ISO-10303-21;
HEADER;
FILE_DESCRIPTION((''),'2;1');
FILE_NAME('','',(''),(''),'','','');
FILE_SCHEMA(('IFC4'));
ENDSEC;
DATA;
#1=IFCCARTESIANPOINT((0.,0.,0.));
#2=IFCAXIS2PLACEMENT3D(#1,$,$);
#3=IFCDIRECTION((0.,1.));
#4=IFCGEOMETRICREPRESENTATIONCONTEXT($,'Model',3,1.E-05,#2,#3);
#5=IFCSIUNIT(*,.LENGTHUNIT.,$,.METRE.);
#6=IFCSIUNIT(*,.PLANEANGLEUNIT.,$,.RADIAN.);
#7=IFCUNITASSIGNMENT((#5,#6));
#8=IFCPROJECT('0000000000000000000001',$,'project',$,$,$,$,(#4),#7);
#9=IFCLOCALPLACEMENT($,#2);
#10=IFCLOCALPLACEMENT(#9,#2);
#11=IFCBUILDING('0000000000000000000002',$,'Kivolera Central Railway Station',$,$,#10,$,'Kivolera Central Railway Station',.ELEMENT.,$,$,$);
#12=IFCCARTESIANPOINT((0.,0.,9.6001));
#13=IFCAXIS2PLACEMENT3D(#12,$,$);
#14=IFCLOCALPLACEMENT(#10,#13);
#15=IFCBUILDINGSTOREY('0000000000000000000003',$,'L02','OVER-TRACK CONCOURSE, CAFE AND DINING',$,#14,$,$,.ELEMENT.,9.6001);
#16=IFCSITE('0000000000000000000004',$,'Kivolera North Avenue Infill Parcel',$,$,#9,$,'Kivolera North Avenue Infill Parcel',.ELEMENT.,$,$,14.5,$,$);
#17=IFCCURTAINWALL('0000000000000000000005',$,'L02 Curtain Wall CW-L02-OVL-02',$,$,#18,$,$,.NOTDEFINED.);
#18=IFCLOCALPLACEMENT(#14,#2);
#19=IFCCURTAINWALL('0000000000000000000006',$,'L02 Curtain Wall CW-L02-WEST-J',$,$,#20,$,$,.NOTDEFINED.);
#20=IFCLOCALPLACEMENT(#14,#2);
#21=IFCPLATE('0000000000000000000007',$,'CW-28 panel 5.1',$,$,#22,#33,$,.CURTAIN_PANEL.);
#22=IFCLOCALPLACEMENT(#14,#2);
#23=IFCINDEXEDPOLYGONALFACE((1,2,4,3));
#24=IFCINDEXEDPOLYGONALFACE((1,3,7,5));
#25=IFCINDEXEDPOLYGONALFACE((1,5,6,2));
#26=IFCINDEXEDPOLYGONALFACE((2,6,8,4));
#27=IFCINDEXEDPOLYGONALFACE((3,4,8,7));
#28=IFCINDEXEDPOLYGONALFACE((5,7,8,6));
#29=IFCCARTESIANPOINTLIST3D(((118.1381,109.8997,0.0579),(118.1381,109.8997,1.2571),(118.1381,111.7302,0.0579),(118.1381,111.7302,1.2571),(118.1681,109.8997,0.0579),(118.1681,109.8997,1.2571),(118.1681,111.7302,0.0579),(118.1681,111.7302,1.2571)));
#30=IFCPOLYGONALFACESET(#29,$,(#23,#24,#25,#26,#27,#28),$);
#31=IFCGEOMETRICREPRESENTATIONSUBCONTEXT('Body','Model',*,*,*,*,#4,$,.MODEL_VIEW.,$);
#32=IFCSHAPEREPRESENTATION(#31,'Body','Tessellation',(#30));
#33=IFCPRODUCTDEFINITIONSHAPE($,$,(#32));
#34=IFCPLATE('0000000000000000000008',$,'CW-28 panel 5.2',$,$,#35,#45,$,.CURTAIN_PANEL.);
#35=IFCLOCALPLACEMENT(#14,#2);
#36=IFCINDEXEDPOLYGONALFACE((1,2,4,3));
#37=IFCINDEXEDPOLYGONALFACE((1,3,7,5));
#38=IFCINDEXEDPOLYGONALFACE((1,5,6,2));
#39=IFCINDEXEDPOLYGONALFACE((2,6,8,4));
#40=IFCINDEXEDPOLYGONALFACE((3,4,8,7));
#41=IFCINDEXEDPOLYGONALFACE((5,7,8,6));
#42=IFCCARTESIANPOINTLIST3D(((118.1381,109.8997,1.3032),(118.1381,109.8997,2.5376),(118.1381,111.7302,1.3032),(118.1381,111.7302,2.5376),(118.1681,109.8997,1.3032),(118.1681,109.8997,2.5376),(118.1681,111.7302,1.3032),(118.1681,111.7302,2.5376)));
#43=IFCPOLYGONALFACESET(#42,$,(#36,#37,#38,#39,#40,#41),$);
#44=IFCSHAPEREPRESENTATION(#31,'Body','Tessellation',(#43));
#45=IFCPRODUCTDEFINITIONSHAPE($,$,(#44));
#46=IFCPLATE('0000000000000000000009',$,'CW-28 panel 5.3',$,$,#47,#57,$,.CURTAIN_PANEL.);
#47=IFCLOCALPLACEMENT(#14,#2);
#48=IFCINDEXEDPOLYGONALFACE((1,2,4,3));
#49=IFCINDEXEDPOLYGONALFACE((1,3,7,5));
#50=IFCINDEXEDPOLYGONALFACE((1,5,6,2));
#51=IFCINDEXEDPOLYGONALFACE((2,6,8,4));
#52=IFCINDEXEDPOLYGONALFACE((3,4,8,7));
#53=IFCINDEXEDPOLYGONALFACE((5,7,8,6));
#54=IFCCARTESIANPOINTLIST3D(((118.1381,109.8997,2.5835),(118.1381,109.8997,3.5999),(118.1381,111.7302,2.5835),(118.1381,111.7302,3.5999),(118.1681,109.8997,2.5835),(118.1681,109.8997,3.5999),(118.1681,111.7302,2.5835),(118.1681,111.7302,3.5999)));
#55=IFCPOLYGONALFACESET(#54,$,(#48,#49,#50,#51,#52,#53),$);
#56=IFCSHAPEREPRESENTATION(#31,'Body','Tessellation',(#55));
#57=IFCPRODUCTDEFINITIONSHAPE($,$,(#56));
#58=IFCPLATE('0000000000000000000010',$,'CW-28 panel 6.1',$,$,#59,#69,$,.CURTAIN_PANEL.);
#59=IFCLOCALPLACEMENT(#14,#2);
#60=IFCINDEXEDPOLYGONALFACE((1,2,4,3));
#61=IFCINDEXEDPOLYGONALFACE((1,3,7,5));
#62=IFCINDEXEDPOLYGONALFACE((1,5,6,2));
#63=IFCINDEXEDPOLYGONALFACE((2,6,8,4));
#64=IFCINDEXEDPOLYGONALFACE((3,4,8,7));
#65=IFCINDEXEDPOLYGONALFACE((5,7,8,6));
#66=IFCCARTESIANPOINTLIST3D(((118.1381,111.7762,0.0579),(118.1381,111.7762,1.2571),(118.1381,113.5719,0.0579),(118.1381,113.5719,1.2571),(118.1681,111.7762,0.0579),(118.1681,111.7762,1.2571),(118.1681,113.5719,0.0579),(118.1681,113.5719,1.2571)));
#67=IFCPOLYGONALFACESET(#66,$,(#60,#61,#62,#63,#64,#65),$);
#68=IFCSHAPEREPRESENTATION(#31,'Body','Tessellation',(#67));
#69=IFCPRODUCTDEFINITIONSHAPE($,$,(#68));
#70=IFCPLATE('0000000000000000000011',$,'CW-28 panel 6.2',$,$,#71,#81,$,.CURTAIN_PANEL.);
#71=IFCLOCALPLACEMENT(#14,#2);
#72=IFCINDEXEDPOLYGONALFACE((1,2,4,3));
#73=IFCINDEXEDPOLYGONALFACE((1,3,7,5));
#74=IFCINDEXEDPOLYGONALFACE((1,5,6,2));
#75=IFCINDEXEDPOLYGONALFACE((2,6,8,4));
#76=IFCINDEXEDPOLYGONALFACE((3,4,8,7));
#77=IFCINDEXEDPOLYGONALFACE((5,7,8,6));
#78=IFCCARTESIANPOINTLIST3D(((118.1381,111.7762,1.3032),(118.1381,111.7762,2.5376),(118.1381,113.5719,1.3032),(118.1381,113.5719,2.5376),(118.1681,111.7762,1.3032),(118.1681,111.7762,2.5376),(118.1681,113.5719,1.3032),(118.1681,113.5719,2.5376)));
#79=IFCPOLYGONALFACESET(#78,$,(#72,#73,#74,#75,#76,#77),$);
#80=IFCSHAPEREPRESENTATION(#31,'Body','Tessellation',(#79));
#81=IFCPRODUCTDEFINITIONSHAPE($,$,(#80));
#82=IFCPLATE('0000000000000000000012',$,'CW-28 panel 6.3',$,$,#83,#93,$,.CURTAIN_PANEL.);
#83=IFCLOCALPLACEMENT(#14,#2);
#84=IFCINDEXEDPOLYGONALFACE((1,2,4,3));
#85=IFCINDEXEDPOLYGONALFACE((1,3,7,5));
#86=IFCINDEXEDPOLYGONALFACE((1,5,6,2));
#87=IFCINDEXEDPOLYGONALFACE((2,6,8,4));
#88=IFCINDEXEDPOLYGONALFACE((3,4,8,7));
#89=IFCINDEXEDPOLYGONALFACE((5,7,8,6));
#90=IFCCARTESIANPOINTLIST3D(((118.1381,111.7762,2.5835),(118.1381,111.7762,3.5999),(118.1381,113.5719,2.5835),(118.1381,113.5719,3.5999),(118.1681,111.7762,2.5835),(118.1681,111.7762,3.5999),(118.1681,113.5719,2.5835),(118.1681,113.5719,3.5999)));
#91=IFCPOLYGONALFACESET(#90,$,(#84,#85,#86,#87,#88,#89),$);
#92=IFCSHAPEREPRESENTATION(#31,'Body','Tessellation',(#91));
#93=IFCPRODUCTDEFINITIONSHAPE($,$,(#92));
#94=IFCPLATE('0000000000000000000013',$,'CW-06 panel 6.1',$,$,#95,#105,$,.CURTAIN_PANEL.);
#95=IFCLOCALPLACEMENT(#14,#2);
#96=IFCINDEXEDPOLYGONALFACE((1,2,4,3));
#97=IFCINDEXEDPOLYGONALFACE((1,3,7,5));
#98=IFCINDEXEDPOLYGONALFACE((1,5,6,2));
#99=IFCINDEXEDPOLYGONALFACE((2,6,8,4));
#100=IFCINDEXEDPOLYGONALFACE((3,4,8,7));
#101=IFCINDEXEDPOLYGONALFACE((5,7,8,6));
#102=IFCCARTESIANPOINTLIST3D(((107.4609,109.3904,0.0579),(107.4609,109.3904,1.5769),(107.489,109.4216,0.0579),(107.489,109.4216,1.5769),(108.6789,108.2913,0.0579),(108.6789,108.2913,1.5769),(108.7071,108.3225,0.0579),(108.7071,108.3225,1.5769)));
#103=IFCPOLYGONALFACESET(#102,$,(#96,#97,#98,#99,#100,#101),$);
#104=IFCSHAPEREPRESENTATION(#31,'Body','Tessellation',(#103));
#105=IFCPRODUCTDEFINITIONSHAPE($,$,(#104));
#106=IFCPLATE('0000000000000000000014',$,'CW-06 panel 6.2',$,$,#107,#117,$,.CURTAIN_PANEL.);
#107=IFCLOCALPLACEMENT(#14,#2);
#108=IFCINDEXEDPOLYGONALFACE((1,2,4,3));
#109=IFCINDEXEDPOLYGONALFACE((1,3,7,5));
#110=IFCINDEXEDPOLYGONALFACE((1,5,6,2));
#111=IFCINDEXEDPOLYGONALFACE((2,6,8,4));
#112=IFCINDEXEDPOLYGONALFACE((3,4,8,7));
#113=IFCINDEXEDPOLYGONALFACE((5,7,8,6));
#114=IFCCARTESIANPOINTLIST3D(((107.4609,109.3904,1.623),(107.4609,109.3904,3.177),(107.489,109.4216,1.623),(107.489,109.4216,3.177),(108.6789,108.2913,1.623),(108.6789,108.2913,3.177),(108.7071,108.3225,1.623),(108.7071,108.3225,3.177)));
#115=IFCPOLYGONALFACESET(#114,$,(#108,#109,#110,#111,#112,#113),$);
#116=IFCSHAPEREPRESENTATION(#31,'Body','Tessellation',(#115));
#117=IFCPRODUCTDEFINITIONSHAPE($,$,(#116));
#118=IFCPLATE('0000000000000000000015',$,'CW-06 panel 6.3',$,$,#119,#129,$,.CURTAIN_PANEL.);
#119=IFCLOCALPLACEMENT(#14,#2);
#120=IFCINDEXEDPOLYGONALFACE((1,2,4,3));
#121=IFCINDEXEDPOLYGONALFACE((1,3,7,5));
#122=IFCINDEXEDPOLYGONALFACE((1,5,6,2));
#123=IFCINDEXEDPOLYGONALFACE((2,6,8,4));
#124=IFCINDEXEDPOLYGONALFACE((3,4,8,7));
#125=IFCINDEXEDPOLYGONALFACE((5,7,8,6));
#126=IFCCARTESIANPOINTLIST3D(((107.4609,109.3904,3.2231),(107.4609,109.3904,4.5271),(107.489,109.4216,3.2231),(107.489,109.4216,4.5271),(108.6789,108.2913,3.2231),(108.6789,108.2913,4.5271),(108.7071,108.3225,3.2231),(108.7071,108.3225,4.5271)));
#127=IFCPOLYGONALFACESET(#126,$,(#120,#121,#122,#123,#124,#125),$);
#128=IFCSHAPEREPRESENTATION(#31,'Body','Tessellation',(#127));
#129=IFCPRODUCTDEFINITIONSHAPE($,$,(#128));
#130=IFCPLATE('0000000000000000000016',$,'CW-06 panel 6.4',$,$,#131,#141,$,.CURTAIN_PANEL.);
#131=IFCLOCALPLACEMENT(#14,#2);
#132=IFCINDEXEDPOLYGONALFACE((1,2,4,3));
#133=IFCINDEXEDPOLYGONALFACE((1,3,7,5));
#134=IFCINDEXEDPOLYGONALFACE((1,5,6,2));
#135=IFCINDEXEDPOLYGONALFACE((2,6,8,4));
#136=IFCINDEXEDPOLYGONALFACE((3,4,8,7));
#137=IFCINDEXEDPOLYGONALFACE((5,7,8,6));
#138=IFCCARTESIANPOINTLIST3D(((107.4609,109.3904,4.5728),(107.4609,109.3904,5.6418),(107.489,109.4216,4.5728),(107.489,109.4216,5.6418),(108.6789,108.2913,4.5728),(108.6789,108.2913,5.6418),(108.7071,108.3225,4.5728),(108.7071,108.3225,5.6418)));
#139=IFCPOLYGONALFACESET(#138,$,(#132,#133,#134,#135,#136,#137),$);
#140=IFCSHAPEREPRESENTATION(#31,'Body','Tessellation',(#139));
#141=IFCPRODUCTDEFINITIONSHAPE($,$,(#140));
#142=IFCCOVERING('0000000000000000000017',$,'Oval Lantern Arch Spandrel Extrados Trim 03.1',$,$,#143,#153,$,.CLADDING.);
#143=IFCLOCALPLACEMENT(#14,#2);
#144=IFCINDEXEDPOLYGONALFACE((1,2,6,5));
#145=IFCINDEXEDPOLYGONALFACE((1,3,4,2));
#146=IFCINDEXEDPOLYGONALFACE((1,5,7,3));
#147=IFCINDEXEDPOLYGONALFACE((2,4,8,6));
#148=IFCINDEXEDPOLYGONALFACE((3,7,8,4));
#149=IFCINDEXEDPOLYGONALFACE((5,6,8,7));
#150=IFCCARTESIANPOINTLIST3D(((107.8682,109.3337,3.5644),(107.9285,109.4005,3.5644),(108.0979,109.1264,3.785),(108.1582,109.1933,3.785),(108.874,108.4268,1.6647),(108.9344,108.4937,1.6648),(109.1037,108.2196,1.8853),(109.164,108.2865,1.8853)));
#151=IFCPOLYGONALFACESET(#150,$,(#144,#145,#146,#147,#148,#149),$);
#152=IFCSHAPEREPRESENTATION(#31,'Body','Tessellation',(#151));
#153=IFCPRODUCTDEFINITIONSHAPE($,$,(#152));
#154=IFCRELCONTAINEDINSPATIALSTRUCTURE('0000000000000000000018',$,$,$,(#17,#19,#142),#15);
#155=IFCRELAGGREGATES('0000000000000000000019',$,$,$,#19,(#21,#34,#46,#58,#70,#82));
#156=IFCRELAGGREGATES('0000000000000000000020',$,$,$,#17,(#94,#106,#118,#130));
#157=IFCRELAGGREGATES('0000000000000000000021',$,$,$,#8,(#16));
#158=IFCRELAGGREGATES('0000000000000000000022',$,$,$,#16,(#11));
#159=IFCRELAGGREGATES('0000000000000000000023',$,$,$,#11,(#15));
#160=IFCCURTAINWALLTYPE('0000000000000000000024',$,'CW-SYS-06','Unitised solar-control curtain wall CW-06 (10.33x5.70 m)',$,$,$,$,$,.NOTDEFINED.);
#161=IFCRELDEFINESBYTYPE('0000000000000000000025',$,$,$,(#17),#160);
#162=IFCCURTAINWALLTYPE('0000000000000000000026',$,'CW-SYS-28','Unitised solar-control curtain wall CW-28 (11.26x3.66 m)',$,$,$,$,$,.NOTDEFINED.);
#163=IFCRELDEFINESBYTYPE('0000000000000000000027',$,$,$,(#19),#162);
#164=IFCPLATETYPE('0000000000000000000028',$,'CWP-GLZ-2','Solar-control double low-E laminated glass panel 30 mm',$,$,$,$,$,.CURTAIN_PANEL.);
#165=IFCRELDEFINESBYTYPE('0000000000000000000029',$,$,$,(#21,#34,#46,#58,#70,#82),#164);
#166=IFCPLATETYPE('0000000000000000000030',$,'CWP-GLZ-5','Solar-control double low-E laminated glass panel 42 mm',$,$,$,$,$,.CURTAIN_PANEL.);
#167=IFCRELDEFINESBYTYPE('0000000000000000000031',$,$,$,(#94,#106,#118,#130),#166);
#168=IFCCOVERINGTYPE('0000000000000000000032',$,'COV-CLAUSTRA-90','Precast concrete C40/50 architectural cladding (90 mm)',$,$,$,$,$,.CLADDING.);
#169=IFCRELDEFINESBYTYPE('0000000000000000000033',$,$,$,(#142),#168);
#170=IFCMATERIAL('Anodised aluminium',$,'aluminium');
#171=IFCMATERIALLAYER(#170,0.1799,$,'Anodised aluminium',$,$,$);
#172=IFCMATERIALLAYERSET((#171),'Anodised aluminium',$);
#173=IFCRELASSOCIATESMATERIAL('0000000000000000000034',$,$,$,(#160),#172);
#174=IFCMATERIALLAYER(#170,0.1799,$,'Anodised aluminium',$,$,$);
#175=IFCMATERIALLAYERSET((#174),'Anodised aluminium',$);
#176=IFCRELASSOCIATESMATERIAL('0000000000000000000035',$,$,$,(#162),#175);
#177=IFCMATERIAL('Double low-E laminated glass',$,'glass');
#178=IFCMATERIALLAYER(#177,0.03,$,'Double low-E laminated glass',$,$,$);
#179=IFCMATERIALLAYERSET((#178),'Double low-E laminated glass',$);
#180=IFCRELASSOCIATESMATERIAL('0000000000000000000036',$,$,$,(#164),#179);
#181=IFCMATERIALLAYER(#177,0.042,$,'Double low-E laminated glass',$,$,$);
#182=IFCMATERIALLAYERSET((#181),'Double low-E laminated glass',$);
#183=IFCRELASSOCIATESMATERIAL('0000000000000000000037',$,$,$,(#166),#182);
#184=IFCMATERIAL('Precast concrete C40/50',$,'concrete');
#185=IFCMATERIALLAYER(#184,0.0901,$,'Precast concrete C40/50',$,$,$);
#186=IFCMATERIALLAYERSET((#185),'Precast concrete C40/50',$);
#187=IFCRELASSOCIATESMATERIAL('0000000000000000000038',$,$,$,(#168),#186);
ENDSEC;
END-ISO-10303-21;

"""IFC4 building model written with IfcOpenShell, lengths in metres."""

from ifc_helpers import new_model, si_unit, direction, frame, origin, origin_2d, place, context, subcontext, project, spatial, rectangle, extrude, material, layer, layer_set, type_object, element, aggregate, save


model = new_model("IFC4")

# Units and contexts
model_context = context("Model", 3, precision=1e-05, world=origin(), true_north=direction((0.0, 1.0)))
body_context = subcontext(model_context, "Body", "Model", "MODEL_VIEW")
ifc_project = project(units=[si_unit("LENGTHUNIT", "METRE"), si_unit("PLANEANGLEUNIT", "RADIAN")], contexts=[model_context])

# Site, building, storey
site_placement = place(None, origin())
site = spatial("IfcSite", under=ifc_project, at=site_placement, Name="Kivolera North Avenue Infill Parcel", LongName="Kivolera North Avenue Infill Parcel", CompositionType="ELEMENT", RefElevation=14.5)
building_placement = place(site_placement, origin())
building = spatial("IfcBuilding", under=site, at=building_placement, Name="Kivolera Central Railway Station", LongName="Kivolera Central Railway Station", CompositionType="ELEMENT")
storey_placement = place(building_placement, frame((0.0, 0.0, 9.6001)))
storey = spatial("IfcBuildingStorey", under=building, at=storey_placement, Name="L02", Description="OVER-TRACK CONCOURSE, CAFE AND DINING", CompositionType="ELEMENT", Elevation=9.6001)

# Curtain wall
ifc_material_1 = material(Name="Anodised aluminium", Category="aluminium")
ifc_layer_1 = layer(ifc_material_1, 0.1799, Name="Anodised aluminium")
ifc_layer_set_1 = layer_set([ifc_layer_1], Name="Anodised aluminium")
curtain_wall_type_1 = type_object("IfcCurtainWallType", Name="CW-SYS-06", Description="Unitised solar-control curtain wall CW-06 (10.33x5.70 m)", PredefinedType="NOTDEFINED", material=ifc_layer_set_1)
curtain_wall_1_placement = place(storey_placement, origin())
curtain_wall_1 = element("IfcCurtainWall", 1, at=curtain_wall_1_placement, inside=storey, type_object=curtain_wall_type_1, Name="L02 Curtain Wall CW-L02-OVL-02", PredefinedType="NOTDEFINED")

# Curtain wall, plates
ifc_layer_2 = layer(ifc_material_1, 0.1799, Name="Anodised aluminium")
ifc_layer_set_2 = layer_set([ifc_layer_2], Name="Anodised aluminium")
curtain_wall_type_2 = type_object("IfcCurtainWallType", Name="CW-SYS-28", Description="Unitised solar-control curtain wall CW-28 (11.26x3.66 m)", PredefinedType="NOTDEFINED", material=ifc_layer_set_2)
curtain_wall_2_placement = place(storey_placement, origin())
curtain_wall_2 = element("IfcCurtainWall", 2, at=curtain_wall_2_placement, inside=storey, type_object=curtain_wall_type_2, Name="L02 Curtain Wall CW-L02-WEST-J", PredefinedType="NOTDEFINED")
ifc_material_2 = material(Name="Double low-E laminated glass", Category="glass")
ifc_layer_3 = layer(ifc_material_2, 0.03, Name="Double low-E laminated glass")
ifc_layer_set_3 = layer_set([ifc_layer_3], Name="Double low-E laminated glass")
plate_type_1 = type_object("IfcPlateType", Name="CWP-GLZ-2", Description="Solar-control double low-E laminated glass panel 30 mm", PredefinedType="CURTAIN_PANEL", material=ifc_layer_set_3)
plate_1_placement = place(storey_placement, frame((118.1531, 110.8149, 0.0579), z_axis=(0.0, 0.0, 1.0), x_axis=(0.0, 1.0, 0.0)))
plate_1 = element("IfcPlate", 3, at=plate_1_placement, type_object=plate_type_1, Name="CW-28 panel 5.1", PredefinedType="CURTAIN_PANEL", context=body_context, shape_type="SweptSolid", body=[
    extrude(rectangle(XDim=1.8306, YDim=0.03, at=origin_2d()), origin(), (0.0, 0.0, 1.0), 1.1992),
])
plate_2_placement = place(storey_placement, frame((118.1531, 110.8149, 1.3032), z_axis=(0.0, 0.0, 1.0), x_axis=(0.0, 1.0, 0.0)))
plate_2 = element("IfcPlate", 4, at=plate_2_placement, type_object=plate_type_1, Name="CW-28 panel 5.2", PredefinedType="CURTAIN_PANEL", context=body_context, shape_type="SweptSolid", body=[
    extrude(rectangle(XDim=1.8306, YDim=0.03, at=origin_2d()), origin(), (0.0, 0.0, 1.0), 1.2344),
])
plate_3_placement = place(storey_placement, frame((118.1531, 110.8149, 2.5835), z_axis=(0.0, 0.0, 1.0), x_axis=(0.0, 1.0, 0.0)))
plate_3 = element("IfcPlate", 5, at=plate_3_placement, type_object=plate_type_1, Name="CW-28 panel 5.3", PredefinedType="CURTAIN_PANEL", context=body_context, shape_type="SweptSolid", body=[
    extrude(rectangle(XDim=1.8306, YDim=0.03, at=origin_2d()), origin(), (0.0, 0.0, 1.0), 1.0164),
])
plate_4_placement = place(storey_placement, frame((118.1531, 112.6741, 0.0579), z_axis=(0.0, 0.0, 1.0), x_axis=(0.0, 1.0, 0.0)))
plate_4 = element("IfcPlate", 6, at=plate_4_placement, type_object=plate_type_1, Name="CW-28 panel 6.1", PredefinedType="CURTAIN_PANEL", context=body_context, shape_type="SweptSolid", body=[
    extrude(rectangle(XDim=1.7957, YDim=0.03, at=origin_2d()), origin(), (0.0, 0.0, 1.0), 1.1992),
])
plate_5_placement = place(storey_placement, frame((118.1531, 112.6741, 1.3032), z_axis=(0.0, 0.0, 1.0), x_axis=(0.0, 1.0, 0.0)))
plate_5 = element("IfcPlate", 7, at=plate_5_placement, type_object=plate_type_1, Name="CW-28 panel 6.2", PredefinedType="CURTAIN_PANEL", context=body_context, shape_type="SweptSolid", body=[
    extrude(rectangle(XDim=1.7957, YDim=0.03, at=origin_2d()), origin(), (0.0, 0.0, 1.0), 1.2344),
])
plate_6_placement = place(storey_placement, frame((118.1531, 112.6741, 2.5835), z_axis=(0.0, 0.0, 1.0), x_axis=(0.0, 1.0, 0.0)))
plate_6 = element("IfcPlate", 8, at=plate_6_placement, type_object=plate_type_1, Name="CW-28 panel 6.3", PredefinedType="CURTAIN_PANEL", context=body_context, shape_type="SweptSolid", body=[
    extrude(rectangle(XDim=1.7957, YDim=0.03, at=origin_2d()), origin(), (0.0, 0.0, 1.0), 1.0164),
])
aggregate(curtain_wall_2, [plate_1, plate_2, plate_3, plate_4, plate_5, plate_6])

# Plates
ifc_layer_4 = layer(ifc_material_2, 0.042, Name="Double low-E laminated glass")
ifc_layer_set_4 = layer_set([ifc_layer_4], Name="Double low-E laminated glass")
plate_type_2 = type_object("IfcPlateType", Name="CWP-GLZ-5", Description="Solar-control double low-E laminated glass panel 42 mm", PredefinedType="CURTAIN_PANEL", material=ifc_layer_set_4)
plate_7_placement = place(storey_placement, frame((108.084, 108.8564, 0.0579), z_axis=(0.0, 0.0, 1.0), x_axis=(0.742432, -0.669922, 0.0)))
plate_7 = element("IfcPlate", 9, at=plate_7_placement, type_object=plate_type_2, Name="CW-06 panel 6.1", PredefinedType="CURTAIN_PANEL", context=body_context, shape_type="SweptSolid", body=[
    extrude(rectangle(XDim=1.6406, YDim=0.042, at=origin_2d()), origin(), (0.0, 0.0, 1.0), 1.519),
])
plate_8_placement = place(storey_placement, frame((108.084, 108.8564, 1.623), z_axis=(0.0, 0.0, 1.0), x_axis=(0.742432, -0.669922, 0.0)))
plate_8 = element("IfcPlate", 10, at=plate_8_placement, type_object=plate_type_2, Name="CW-06 panel 6.2", PredefinedType="CURTAIN_PANEL", context=body_context, shape_type="SweptSolid", body=[
    extrude(rectangle(XDim=1.6406, YDim=0.042, at=origin_2d()), origin(), (0.0, 0.0, 1.0), 1.554),
])
plate_9_placement = place(storey_placement, frame((108.084, 108.8564, 3.2231), z_axis=(0.0, 0.0, 1.0), x_axis=(0.742432, -0.669922, 0.0)))
plate_9 = element("IfcPlate", 11, at=plate_9_placement, type_object=plate_type_2, Name="CW-06 panel 6.3", PredefinedType="CURTAIN_PANEL", context=body_context, shape_type="SweptSolid", body=[
    extrude(rectangle(XDim=1.6406, YDim=0.042, at=origin_2d()), origin(), (0.0, 0.0, 1.0), 1.304),
])
plate_10_placement = place(storey_placement, frame((108.084, 108.8564, 4.5728), z_axis=(0.0, 0.0, 1.0), x_axis=(0.742432, -0.669922, 0.0)))
plate_10 = element("IfcPlate", 12, at=plate_10_placement, type_object=plate_type_2, Name="CW-06 panel 6.4", PredefinedType="CURTAIN_PANEL", context=body_context, shape_type="SweptSolid", body=[
    extrude(rectangle(XDim=1.6406, YDim=0.042, at=origin_2d()), origin(), (0.0, 0.0, 1.0), 1.0691),
])
aggregate(curtain_wall_1, [plate_7, plate_8, plate_9, plate_10])

# Covering
ifc_material_3 = material(Name="Precast concrete C40/50", Category="concrete")
ifc_layer_5 = layer(ifc_material_3, 0.0901, Name="Precast concrete C40/50")
ifc_layer_set_5 = layer_set([ifc_layer_5], Name="Precast concrete C40/50")
covering_type = type_object("IfcCoveringType", Name="COV-CLAUSTRA-90", Description="Precast concrete C40/50 architectural cladding (90 mm)", PredefinedType="CLADDING", material=ifc_layer_set_5)
covering_placement = place(storey_placement, frame((108.5161, 108.8101, 2.7249), z_axis=(-0.431133, 0.388706, 0.814268), x_axis=(0.669922, 0.742431, 0.0)))
element("IfcCovering", 13, at=covering_placement, inside=storey, type_object=covering_type, Name="Oval Lantern Arch Spandrel Extrados Trim 03.1", PredefinedType="CLADDING", context=body_context, shape_type="SweptSolid", body=[
    extrude(rectangle(XDim=0.0901, YDim=0.3799, at=origin_2d()), frame((0.0, 0.0, -1.1665)), (0.0, 0.0, 1.0), 2.333),
])

save(model, "model.ifc")
